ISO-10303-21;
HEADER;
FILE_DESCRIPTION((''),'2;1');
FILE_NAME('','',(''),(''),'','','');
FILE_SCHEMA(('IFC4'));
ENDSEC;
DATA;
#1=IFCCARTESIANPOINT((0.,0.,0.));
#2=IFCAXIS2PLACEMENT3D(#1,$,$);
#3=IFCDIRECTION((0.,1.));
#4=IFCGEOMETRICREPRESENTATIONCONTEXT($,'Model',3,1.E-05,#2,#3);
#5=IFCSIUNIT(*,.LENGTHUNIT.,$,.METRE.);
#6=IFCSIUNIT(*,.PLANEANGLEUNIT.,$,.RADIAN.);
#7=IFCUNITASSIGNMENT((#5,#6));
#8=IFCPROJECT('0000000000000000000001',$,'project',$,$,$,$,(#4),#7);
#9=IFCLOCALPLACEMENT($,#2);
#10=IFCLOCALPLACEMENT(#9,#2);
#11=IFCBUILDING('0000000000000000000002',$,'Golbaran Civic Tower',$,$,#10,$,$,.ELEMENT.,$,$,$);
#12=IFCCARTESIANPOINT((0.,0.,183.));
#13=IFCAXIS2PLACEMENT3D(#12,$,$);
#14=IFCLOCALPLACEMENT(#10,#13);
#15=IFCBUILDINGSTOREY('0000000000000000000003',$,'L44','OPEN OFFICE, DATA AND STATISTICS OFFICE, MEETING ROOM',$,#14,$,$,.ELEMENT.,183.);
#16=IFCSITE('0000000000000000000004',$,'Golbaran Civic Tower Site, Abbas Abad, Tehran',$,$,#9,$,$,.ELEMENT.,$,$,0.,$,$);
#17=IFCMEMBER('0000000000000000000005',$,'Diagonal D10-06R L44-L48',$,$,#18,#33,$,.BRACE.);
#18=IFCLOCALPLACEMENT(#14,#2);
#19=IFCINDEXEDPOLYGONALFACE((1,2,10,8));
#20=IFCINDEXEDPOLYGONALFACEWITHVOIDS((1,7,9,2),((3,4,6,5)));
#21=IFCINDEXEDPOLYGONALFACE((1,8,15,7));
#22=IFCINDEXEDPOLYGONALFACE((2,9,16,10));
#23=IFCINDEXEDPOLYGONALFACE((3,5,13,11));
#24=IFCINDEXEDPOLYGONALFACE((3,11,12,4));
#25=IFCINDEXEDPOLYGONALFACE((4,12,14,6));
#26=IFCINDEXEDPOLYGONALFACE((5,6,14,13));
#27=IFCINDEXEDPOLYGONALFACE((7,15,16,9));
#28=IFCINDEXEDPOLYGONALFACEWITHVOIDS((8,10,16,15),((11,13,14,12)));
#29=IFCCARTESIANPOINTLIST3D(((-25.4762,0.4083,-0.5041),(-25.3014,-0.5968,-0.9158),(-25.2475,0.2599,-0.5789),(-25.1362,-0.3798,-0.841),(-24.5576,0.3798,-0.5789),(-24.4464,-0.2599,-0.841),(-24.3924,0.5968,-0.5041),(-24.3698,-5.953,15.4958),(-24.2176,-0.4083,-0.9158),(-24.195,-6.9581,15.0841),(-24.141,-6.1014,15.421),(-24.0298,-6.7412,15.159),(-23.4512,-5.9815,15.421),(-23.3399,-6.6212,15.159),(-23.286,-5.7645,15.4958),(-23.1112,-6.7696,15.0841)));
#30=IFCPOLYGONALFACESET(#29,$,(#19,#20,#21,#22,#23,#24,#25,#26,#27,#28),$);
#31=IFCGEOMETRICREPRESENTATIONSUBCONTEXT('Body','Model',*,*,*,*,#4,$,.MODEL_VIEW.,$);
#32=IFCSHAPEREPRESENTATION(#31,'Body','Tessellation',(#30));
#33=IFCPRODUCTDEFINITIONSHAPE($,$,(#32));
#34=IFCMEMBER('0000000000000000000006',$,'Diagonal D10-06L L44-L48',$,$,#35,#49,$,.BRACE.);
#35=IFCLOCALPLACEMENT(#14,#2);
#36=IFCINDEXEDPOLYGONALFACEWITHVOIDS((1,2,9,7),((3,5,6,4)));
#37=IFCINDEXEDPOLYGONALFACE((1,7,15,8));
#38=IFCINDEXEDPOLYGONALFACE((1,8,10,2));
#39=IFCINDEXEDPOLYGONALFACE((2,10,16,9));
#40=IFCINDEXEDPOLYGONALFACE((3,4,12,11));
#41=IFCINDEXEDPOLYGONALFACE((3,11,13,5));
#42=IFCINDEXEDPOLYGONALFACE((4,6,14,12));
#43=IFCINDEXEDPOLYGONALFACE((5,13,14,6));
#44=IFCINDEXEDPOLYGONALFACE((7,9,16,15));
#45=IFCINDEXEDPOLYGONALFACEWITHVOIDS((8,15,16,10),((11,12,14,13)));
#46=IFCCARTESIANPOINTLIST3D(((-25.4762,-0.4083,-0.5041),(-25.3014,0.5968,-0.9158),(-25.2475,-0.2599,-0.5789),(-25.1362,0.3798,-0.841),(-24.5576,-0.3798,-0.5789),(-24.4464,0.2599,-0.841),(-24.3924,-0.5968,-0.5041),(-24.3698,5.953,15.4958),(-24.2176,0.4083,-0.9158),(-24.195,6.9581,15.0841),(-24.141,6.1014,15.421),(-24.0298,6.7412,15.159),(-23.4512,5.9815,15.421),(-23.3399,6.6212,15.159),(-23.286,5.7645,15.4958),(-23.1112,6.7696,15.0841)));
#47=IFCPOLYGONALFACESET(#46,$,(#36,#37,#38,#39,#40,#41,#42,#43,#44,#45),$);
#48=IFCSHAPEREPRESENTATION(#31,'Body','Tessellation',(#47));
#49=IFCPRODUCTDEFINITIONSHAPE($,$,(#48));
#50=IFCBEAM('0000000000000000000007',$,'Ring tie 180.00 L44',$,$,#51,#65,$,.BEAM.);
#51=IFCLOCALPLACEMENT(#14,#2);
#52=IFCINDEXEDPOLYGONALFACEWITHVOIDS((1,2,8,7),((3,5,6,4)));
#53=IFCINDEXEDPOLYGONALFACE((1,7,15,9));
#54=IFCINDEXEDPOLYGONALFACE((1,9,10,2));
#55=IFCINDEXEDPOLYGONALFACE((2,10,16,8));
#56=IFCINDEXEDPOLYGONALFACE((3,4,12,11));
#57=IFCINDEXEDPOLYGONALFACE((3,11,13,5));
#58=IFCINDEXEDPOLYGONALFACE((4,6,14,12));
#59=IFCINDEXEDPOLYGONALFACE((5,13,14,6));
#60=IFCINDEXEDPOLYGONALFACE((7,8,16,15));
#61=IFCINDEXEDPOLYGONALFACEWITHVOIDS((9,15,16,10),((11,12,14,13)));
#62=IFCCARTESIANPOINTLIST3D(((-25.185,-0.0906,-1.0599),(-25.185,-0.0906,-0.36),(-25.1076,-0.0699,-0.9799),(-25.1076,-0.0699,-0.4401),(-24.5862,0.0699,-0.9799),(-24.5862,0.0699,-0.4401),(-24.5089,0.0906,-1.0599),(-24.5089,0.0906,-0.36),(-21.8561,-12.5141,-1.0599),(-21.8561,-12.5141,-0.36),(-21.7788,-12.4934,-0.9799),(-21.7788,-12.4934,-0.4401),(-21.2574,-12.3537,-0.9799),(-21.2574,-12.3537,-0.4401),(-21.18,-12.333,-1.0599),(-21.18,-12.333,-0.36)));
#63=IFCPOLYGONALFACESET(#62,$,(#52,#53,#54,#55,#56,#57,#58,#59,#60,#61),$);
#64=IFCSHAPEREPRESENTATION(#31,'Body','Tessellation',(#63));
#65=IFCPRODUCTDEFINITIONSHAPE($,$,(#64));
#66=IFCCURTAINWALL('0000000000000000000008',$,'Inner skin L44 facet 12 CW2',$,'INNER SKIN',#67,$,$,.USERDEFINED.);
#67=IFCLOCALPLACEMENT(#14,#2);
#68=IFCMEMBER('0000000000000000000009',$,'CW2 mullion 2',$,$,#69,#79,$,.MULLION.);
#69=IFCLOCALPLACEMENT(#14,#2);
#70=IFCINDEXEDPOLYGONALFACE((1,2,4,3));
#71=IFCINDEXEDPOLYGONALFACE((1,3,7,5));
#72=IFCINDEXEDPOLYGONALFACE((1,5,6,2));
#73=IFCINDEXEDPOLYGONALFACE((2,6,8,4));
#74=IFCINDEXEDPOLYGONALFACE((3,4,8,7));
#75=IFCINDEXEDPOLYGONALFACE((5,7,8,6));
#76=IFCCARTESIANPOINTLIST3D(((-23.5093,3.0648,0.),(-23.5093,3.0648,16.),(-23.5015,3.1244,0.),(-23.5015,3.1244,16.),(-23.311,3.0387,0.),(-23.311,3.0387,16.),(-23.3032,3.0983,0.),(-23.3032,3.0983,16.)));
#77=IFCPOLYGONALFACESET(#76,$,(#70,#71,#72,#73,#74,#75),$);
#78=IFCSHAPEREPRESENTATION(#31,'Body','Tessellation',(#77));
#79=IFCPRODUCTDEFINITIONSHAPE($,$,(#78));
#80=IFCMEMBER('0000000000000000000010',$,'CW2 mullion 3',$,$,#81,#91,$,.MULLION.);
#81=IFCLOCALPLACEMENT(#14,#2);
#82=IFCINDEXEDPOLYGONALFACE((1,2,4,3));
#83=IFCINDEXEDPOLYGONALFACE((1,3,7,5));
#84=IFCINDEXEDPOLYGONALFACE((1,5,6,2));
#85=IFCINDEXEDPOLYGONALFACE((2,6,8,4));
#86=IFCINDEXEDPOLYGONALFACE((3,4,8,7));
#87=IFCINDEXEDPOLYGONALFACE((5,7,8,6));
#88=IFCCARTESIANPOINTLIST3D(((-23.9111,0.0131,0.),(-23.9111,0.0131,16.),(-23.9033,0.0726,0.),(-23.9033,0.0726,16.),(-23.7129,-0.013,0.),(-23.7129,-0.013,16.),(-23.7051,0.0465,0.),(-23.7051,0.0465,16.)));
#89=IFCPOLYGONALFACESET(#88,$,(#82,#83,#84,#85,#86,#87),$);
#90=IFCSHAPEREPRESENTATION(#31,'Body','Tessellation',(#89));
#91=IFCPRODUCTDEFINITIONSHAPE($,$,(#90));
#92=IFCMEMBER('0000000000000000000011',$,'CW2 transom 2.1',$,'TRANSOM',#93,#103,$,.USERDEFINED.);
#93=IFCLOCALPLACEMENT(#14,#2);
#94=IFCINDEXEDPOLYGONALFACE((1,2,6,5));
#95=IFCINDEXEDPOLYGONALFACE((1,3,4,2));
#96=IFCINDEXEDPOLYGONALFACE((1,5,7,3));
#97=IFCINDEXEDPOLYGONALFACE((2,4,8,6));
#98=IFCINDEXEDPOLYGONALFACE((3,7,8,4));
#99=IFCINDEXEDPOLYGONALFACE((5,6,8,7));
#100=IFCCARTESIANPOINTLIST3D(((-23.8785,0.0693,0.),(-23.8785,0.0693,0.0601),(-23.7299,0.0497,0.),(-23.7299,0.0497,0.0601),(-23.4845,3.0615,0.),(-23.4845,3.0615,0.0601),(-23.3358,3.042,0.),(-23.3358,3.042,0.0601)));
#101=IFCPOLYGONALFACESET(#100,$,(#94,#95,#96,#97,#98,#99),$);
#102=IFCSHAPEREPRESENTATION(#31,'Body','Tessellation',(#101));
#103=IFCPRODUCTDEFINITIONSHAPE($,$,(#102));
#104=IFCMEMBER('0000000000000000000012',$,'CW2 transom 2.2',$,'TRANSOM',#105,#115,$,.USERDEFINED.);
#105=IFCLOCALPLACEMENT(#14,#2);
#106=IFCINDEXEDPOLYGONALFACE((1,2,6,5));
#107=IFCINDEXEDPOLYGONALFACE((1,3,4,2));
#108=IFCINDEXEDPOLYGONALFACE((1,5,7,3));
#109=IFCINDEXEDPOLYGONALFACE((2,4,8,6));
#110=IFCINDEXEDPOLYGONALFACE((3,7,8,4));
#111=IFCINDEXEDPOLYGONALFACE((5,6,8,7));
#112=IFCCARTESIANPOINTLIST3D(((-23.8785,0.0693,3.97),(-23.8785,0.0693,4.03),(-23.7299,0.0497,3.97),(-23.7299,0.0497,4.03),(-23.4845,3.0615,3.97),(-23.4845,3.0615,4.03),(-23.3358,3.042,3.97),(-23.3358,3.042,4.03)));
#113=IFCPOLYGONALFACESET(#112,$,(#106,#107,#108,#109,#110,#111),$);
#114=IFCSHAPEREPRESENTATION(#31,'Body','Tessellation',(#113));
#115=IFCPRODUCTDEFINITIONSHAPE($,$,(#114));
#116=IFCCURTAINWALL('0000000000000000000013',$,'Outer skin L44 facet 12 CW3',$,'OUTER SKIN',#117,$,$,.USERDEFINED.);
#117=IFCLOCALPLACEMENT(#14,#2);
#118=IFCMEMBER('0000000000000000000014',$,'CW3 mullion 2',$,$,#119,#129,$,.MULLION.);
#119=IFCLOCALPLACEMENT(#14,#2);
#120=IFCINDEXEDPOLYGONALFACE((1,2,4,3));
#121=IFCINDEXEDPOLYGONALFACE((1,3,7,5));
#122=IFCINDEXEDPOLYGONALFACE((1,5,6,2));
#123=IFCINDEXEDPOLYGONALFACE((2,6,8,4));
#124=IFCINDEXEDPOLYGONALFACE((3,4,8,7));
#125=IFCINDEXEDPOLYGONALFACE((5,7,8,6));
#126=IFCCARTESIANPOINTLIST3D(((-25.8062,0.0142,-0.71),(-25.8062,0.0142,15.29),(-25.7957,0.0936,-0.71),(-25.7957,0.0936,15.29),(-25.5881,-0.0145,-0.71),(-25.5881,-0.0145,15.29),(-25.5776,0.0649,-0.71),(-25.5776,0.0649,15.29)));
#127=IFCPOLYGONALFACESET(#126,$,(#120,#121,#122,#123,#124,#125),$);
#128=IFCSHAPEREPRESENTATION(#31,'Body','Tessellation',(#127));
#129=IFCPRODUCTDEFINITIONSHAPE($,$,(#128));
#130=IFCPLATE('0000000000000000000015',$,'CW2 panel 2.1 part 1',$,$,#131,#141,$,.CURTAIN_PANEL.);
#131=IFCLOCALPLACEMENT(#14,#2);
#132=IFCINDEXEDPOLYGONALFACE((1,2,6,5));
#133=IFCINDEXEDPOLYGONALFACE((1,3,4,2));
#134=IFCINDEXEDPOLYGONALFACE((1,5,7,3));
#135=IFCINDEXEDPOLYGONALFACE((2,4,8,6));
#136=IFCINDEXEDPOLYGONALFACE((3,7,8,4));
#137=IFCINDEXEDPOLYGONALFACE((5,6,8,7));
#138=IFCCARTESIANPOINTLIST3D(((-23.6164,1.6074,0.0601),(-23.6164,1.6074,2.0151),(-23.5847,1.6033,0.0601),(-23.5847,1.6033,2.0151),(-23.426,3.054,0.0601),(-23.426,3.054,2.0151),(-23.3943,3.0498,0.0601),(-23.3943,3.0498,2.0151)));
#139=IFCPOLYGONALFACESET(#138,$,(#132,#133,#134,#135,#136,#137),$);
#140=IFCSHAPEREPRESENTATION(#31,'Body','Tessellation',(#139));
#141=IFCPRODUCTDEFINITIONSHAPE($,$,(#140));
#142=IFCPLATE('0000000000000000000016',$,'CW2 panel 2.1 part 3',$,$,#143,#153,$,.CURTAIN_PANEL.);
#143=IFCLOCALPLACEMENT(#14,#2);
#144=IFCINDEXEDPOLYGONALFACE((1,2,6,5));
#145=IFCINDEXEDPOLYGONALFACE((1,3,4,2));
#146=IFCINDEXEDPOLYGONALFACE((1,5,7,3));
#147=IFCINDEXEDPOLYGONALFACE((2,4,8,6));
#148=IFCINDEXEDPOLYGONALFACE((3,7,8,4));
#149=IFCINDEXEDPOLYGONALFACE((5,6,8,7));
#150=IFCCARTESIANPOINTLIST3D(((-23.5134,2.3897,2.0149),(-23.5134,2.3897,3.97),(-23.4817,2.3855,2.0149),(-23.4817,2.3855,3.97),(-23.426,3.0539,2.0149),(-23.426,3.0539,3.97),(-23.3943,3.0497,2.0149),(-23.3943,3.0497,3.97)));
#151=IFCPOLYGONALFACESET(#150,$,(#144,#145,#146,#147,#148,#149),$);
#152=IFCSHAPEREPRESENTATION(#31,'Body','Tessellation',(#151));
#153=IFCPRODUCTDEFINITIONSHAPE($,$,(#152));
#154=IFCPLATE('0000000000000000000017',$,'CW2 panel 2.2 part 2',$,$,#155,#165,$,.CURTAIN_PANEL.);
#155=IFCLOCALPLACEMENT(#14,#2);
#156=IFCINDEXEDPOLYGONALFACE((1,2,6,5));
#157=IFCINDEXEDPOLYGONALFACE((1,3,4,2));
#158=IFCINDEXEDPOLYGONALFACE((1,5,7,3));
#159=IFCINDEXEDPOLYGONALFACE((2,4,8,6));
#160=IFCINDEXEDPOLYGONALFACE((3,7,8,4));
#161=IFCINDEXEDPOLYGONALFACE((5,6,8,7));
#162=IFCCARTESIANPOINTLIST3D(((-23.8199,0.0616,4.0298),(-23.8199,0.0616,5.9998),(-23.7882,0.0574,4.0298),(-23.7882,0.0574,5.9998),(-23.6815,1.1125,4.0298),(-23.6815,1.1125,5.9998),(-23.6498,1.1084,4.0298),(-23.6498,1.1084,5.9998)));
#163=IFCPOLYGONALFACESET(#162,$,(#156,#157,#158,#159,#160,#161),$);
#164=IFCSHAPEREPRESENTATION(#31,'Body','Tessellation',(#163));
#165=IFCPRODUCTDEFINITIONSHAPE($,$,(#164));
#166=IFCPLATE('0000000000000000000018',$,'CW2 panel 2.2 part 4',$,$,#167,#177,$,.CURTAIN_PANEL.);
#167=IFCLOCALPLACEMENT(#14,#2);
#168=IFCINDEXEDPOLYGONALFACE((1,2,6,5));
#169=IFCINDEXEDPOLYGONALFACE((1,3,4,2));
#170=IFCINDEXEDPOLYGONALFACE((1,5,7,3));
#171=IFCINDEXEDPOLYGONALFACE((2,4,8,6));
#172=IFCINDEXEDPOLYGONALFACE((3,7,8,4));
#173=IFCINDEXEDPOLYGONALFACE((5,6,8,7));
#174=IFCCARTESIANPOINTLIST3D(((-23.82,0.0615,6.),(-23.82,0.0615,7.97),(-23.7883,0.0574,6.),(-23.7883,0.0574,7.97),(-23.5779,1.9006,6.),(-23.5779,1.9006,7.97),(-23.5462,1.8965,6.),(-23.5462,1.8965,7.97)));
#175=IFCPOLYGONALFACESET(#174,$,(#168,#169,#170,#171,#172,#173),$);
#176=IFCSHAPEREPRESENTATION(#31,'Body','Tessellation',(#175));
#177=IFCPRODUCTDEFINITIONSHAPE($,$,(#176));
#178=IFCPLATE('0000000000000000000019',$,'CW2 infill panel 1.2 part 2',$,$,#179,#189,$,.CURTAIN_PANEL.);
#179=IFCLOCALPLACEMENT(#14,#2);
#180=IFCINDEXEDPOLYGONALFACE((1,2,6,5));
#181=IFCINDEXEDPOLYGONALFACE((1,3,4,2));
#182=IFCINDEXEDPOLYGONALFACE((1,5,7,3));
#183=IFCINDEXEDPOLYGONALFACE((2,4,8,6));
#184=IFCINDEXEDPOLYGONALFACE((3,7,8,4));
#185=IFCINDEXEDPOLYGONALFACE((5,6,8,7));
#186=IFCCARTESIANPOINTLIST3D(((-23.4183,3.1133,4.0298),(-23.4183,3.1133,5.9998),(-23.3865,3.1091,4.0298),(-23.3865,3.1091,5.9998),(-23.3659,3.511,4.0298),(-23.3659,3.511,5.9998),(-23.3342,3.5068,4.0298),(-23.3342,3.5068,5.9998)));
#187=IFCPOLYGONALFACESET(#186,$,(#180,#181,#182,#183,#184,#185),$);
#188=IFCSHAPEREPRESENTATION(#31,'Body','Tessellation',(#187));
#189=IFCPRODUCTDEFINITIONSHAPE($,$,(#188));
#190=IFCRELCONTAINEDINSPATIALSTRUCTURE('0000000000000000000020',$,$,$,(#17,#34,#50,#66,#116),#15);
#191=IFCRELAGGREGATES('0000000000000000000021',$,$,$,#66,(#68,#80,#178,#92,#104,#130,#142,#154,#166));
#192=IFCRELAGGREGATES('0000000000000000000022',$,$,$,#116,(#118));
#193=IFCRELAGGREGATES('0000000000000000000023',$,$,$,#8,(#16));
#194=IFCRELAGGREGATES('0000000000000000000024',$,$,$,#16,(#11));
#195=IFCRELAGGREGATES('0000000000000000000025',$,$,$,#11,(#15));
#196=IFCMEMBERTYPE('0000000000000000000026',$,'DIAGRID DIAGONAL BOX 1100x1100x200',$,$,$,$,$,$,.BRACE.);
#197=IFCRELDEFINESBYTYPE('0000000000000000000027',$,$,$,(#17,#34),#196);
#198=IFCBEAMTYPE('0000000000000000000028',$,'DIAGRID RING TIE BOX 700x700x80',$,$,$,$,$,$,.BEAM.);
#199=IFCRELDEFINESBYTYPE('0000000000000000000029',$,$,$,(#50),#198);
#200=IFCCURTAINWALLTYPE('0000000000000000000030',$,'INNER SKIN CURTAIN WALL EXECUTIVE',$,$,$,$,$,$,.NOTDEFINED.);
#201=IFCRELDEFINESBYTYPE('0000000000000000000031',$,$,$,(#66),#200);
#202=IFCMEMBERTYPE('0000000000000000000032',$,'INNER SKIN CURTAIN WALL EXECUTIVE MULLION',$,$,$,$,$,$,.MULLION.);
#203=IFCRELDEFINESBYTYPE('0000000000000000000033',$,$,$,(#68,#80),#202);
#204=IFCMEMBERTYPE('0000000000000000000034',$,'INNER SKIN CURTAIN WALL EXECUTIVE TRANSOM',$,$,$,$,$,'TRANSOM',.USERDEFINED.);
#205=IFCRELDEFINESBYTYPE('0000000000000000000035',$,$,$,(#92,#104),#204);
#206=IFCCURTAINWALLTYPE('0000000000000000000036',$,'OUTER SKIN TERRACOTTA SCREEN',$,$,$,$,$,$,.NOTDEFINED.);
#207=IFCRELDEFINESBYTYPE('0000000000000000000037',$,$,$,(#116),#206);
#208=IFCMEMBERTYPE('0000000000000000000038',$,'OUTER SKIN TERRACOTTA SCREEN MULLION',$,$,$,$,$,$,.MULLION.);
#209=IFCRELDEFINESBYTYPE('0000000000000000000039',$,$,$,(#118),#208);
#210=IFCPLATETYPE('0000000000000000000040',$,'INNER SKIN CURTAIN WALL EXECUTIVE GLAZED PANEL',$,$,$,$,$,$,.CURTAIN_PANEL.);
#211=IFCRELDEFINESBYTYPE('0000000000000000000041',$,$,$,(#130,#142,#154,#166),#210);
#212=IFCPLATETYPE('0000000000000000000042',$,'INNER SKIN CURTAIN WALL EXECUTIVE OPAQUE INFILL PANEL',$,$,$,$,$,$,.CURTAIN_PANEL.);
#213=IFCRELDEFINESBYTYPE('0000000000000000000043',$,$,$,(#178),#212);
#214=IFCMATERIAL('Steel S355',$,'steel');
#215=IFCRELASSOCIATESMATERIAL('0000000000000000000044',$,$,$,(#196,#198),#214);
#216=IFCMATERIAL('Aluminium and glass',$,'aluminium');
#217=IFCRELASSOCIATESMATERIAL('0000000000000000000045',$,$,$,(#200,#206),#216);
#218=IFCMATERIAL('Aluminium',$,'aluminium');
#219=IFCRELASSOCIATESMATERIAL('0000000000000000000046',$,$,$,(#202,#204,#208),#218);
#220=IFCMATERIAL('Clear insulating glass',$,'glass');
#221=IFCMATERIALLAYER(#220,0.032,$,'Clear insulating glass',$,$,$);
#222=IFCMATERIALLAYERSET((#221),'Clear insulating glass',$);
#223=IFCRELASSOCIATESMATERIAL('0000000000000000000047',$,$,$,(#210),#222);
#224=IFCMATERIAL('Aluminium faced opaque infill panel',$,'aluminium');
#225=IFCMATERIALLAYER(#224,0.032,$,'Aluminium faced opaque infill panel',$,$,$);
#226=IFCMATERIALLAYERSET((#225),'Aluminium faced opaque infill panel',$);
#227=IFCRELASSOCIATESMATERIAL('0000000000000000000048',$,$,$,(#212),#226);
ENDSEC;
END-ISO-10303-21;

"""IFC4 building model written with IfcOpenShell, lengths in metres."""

from ifc_helpers import new_model, si_unit, direction, frame, origin, origin_2d, place, context, subcontext, project, spatial, rectangle, hollow_rectangle, extrude, material, layer, layer_set, material_profile, profile_set, type_object, element, aggregate, save


model = new_model("IFC4")

# Units and contexts
model_context = context("Model", 3, precision=1e-05, world=origin(), true_north=direction((0.0, 1.0)))
body_context = subcontext(model_context, "Body", "Model", "MODEL_VIEW")
ifc_project = project(units=[si_unit("LENGTHUNIT", "METRE"), si_unit("PLANEANGLEUNIT", "RADIAN")], contexts=[model_context])

# Site, building, storey
site_placement = place(None, origin())
site = spatial("IfcSite", under=ifc_project, at=site_placement, Name="Golbaran Civic Tower Site, Abbas Abad, Tehran", CompositionType="ELEMENT", RefElevation=0.0)
building_placement = place(site_placement, origin())
building = spatial("IfcBuilding", under=site, at=building_placement, Name="Golbaran Civic Tower", CompositionType="ELEMENT")
storey_placement = place(building_placement, frame((0.0, 0.0, 183.0)))
storey = spatial("IfcBuildingStorey", under=building, at=storey_placement, Name="L44", Description="OPEN OFFICE, DATA AND STATISTICS OFFICE, MEETING ROOM", CompositionType="ELEMENT", Elevation=183.0)

# Members
ifc_material_1 = material(Name="Steel S355", Category="steel")
ifc_material_profile_1 = material_profile(ifc_material_1, hollow_rectangle(XDim=1.1001, YDim=1.1001, WallThickness=0.2, at=origin_2d()), Name="BOX 1100x1100x200")
ifc_profile_set_1 = profile_set([ifc_material_profile_1], Name="Steel S355")
member_type_1 = type_object("IfcMemberType", Name="DIAGRID DIAGONAL BOX 1100x1100x200", PredefinedType="BRACE", material=ifc_profile_set_1)
for number, where, z_axis, x_axis, name in (
    (1, (-24.8469, 0.0, -0.71), (0.064128, -0.368693, 0.927336), (0.985208, 0.17136, 0.0), "Diagonal D10-06R L44-L48"),
    (2, (-24.8469, 0.0, -0.71), (0.064128, 0.368693, 0.927336), (-0.985208, 0.17136, 0.0), "Diagonal D10-06L L44-L48"),
):
    element("IfcMember", number, at=place(storey_placement, frame(where, z_axis=z_axis, x_axis=x_axis)), inside=storey, type_object=member_type_1, Name=name, PredefinedType="BRACE", context=body_context, shape_type="SweptSolid", body=[
        extrude(hollow_rectangle(XDim=1.1001, YDim=1.1001, WallThickness=0.2, at=origin_2d()), origin(), (0.0, 0.0, 1.0), 17.2537),
    ])

# Beam
ifc_material_profile_2 = material_profile(ifc_material_1, hollow_rectangle(XDim=0.7, YDim=0.7, WallThickness=0.0801, at=origin_2d()), Name="BOX 700x700x80")
ifc_profile_set_2 = profile_set([ifc_material_profile_2], Name="Steel S355")
beam_type = type_object("IfcBeamType", Name="DIAGRID RING TIE BOX 700x700x80", PredefinedType="BEAM", material=ifc_profile_set_2)
beam_placement = place(storey_placement, frame((-24.8469, 0.0, -0.71), z_axis=(0.258817, -0.965926, 0.0), x_axis=(0.965926, 0.258817, 0.0)))
element("IfcBeam", 3, at=beam_placement, inside=storey, type_object=beam_type, Name="Ring tie 180.00 L44", PredefinedType="BEAM", context=body_context, shape_type="SweptSolid", body=[
    extrude(hollow_rectangle(XDim=0.7, YDim=0.7, WallThickness=0.0801, at=origin_2d()), origin(), (0.0, 0.0, 1.0), 12.8618),
])

# Curtain wall, members
ifc_material_2 = material(Name="Aluminium and glass", Category="aluminium")
curtain_wall_type_1 = type_object("IfcCurtainWallType", Name="INNER SKIN CURTAIN WALL EXECUTIVE", PredefinedType="NOTDEFINED", material=ifc_material_2)
curtain_wall_1_placement = place(storey_placement, origin())
curtain_wall_1 = element("IfcCurtainWall", 4, at=curtain_wall_1_placement, inside=storey, type_object=curtain_wall_type_1, Name="Inner skin L44 facet 12 CW2", ObjectType="INNER SKIN", PredefinedType="USERDEFINED")
ifc_material_3 = material(Name="Aluminium", Category="aluminium")
ifc_material_profile_3 = material_profile(ifc_material_3, rectangle(XDim=0.2, YDim=0.0601, at=origin_2d()), Name="INNER SKIN CURTAIN WALL EXECUTIVE MULLION")
ifc_profile_set_3 = profile_set([ifc_material_profile_3], Name="Aluminium")
member_type_2 = type_object("IfcMemberType", Name="INNER SKIN CURTAIN WALL EXECUTIVE MULLION", PredefinedType="MULLION", material=ifc_profile_set_3)
member_1_placement = place(storey_placement, frame((-23.4062, 3.0815, 0.0), z_axis=(0.0, 0.0, 1.0), x_axis=(0.991445, -0.130526, 0.0)))
member_1 = element("IfcMember", 5, at=member_1_placement, type_object=member_type_2, Name="CW2 mullion 2", PredefinedType="MULLION", context=body_context, shape_type="SweptSolid", body=[
    extrude(rectangle(XDim=0.2, YDim=0.0601, at=origin_2d()), origin(), (0.0, 0.0, 1.0), 16.0),
])
member_2_placement = place(storey_placement, frame((-23.8081, 0.0298, 0.0), z_axis=(0.0, 0.0, 1.0), x_axis=(0.991445, -0.130526, 0.0)))
member_2 = element("IfcMember", 6, at=member_2_placement, type_object=member_type_2, Name="CW2 mullion 3", PredefinedType="MULLION", context=body_context, shape_type="SweptSolid", body=[
    extrude(rectangle(XDim=0.2, YDim=0.0601, at=origin_2d()), origin(), (0.0, 0.0, 1.0), 16.0),
])
ifc_material_profile_4 = material_profile(ifc_material_3, rectangle(XDim=0.1499, YDim=0.0601, at=origin_2d()), Name="INNER SKIN CURTAIN WALL EXECUTIVE TRANSOM")
ifc_profile_set_4 = profile_set([ifc_material_profile_4], Name="Aluminium")
member_type_3 = type_object("IfcMemberType", Name="INNER SKIN CURTAIN WALL EXECUTIVE TRANSOM", ElementType="TRANSOM", PredefinedType="USERDEFINED", material=ifc_profile_set_4)
member_3_placement = place(storey_placement, frame((-23.4102, 3.0518, 0.03), z_axis=(-0.130563, -0.99144, 0.0), x_axis=(0.99144, -0.130563, 0.0)))
member_3 = element("IfcMember", 7, at=member_3_placement, type_object=member_type_3, Name="CW2 transom 2.1", ObjectType="TRANSOM", PredefinedType="USERDEFINED", context=body_context, shape_type="SweptSolid", body=[
    extrude(rectangle(XDim=0.1499, YDim=0.0601, at=origin_2d()), origin(), (0.0, 0.0, 1.0), 3.0181),
])
member_4_placement = place(storey_placement, frame((-23.4102, 3.0518, 4.0), z_axis=(-0.130563, -0.99144, 0.0), x_axis=(0.99144, -0.130563, 0.0)))
member_4 = element("IfcMember", 8, at=member_4_placement, type_object=member_type_3, Name="CW2 transom 2.2", ObjectType="TRANSOM", PredefinedType="USERDEFINED", context=body_context, shape_type="SweptSolid", body=[
    extrude(rectangle(XDim=0.1499, YDim=0.0601, at=origin_2d()), origin(), (0.0, 0.0, 1.0), 3.0181),
])

# Curtain wall, member
curtain_wall_type_2 = type_object("IfcCurtainWallType", Name="OUTER SKIN TERRACOTTA SCREEN", PredefinedType="NOTDEFINED", material=ifc_material_2)
curtain_wall_2_placement = place(storey_placement, origin())
curtain_wall_2 = element("IfcCurtainWall", 9, at=curtain_wall_2_placement, inside=storey, type_object=curtain_wall_type_2, Name="Outer skin L44 facet 12 CW3", ObjectType="OUTER SKIN", PredefinedType="USERDEFINED")
ifc_material_profile_5 = material_profile(ifc_material_3, rectangle(XDim=0.22, YDim=0.0801, at=origin_2d()), Name="OUTER SKIN TERRACOTTA SCREEN MULLION")
ifc_profile_set_5 = profile_set([ifc_material_profile_5], Name="Aluminium")
member_type_4 = type_object("IfcMemberType", Name="OUTER SKIN TERRACOTTA SCREEN MULLION", PredefinedType="MULLION", material=ifc_profile_set_5)
member_5_placement = place(storey_placement, frame((-25.6919, 0.0396, -0.71), z_axis=(0.0, 0.0, 1.0), x_axis=(0.991445, -0.130526, 0.0)))
member_5 = element("IfcMember", 10, at=member_5_placement, type_object=member_type_4, Name="CW3 mullion 2", PredefinedType="MULLION", context=body_context, shape_type="SweptSolid", body=[
    extrude(rectangle(XDim=0.22, YDim=0.0801, at=origin_2d()), origin(), (0.0, 0.0, 1.0), 16.0),
])

# Plates
ifc_material_4 = material(Name="Clear insulating glass", Category="glass")
ifc_layer_1 = layer(ifc_material_4, 0.032, Name="Clear insulating glass")
ifc_layer_set_1 = layer_set([ifc_layer_1], Name="Clear insulating glass")
plate_type_1 = type_object("IfcPlateType", Name="INNER SKIN CURTAIN WALL EXECUTIVE GLAZED PANEL", PredefinedType="CURTAIN_PANEL", material=ifc_layer_set_1)
plate_1_placement = place(storey_placement, frame((-23.5054, 2.3286, 0.0601), z_axis=(0.0, 0.0, 1.0), x_axis=(-0.130526, -0.991445, 0.0)))
plate_1 = element("IfcPlate", 11, at=plate_1_placement, type_object=plate_type_1, Name="CW2 panel 2.1 part 1", PredefinedType="CURTAIN_PANEL", context=body_context, shape_type="SweptSolid", body=[
    extrude(rectangle(XDim=1.459, YDim=0.032, at=origin_2d()), origin(), (0.0, 0.0, 1.0), 1.9551),
])
plate_2_placement = place(storey_placement, frame((-23.4539, 2.7197, 2.0149), z_axis=(0.0, 0.0, 1.0), x_axis=(-0.130526, -0.991445, 0.0)))
plate_2 = element("IfcPlate", 12, at=plate_2_placement, type_object=plate_type_1, Name="CW2 panel 2.1 part 3", PredefinedType="CURTAIN_PANEL", context=body_context, shape_type="SweptSolid", body=[
    extrude(rectangle(XDim=0.6699, YDim=0.032, at=origin_2d()), origin(), (0.0, 0.0, 1.0), 1.9551),
])
plate_3_placement = place(storey_placement, frame((-23.7349, 0.585, 4.0298), z_axis=(0.0, 0.0, 1.0), x_axis=(-0.130526, -0.991445, 0.0)))
plate_3 = element("IfcPlate", 13, at=plate_3_placement, type_object=plate_type_1, Name="CW2 panel 2.2 part 2", PredefinedType="CURTAIN_PANEL", context=body_context, shape_type="SweptSolid", body=[
    extrude(rectangle(XDim=1.0601, YDim=0.032, at=origin_2d()), origin(), (0.0, 0.0, 1.0), 1.97),
])
plate_4_placement = place(storey_placement, frame((-23.6831, 0.979, 6.0), z_axis=(0.0, 0.0, 1.0), x_axis=(-0.130526, -0.991445, 0.0)))
plate_4 = element("IfcPlate", 14, at=plate_4_placement, type_object=plate_type_1, Name="CW2 panel 2.2 part 4", PredefinedType="CURTAIN_PANEL", context=body_context, shape_type="SweptSolid", body=[
    extrude(rectangle(XDim=1.855, YDim=0.032, at=origin_2d()), origin(), (0.0, 0.0, 1.0), 1.97),
])
ifc_material_5 = material(Name="Aluminium faced opaque infill panel", Category="aluminium")
ifc_layer_2 = layer(ifc_material_5, 0.032, Name="Aluminium faced opaque infill panel")
ifc_layer_set_2 = layer_set([ifc_layer_2], Name="Aluminium faced opaque infill panel")
plate_type_2 = type_object("IfcPlateType", Name="INNER SKIN CURTAIN WALL EXECUTIVE OPAQUE INFILL PANEL", PredefinedType="CURTAIN_PANEL", material=ifc_layer_set_2)
plate_5_placement = place(storey_placement, frame((-23.3762, 3.3101, 4.0298), z_axis=(0.0, 0.0, 1.0), x_axis=(-0.130526, -0.991445, 0.0)))
plate_5 = element("IfcPlate", 15, at=plate_5_placement, type_object=plate_type_2, Name="CW2 infill panel 1.2 part 2", PredefinedType="CURTAIN_PANEL", context=body_context, shape_type="SweptSolid", body=[
    extrude(rectangle(XDim=0.4011, YDim=0.032, at=origin_2d()), origin(), (0.0, 0.0, 1.0), 1.97),
])
aggregate(curtain_wall_1, [member_1, member_2, plate_5, member_3, member_4, plate_1, plate_2, plate_3, plate_4])
aggregate(curtain_wall_2, [member_5])

save(model, "model.ifc")
